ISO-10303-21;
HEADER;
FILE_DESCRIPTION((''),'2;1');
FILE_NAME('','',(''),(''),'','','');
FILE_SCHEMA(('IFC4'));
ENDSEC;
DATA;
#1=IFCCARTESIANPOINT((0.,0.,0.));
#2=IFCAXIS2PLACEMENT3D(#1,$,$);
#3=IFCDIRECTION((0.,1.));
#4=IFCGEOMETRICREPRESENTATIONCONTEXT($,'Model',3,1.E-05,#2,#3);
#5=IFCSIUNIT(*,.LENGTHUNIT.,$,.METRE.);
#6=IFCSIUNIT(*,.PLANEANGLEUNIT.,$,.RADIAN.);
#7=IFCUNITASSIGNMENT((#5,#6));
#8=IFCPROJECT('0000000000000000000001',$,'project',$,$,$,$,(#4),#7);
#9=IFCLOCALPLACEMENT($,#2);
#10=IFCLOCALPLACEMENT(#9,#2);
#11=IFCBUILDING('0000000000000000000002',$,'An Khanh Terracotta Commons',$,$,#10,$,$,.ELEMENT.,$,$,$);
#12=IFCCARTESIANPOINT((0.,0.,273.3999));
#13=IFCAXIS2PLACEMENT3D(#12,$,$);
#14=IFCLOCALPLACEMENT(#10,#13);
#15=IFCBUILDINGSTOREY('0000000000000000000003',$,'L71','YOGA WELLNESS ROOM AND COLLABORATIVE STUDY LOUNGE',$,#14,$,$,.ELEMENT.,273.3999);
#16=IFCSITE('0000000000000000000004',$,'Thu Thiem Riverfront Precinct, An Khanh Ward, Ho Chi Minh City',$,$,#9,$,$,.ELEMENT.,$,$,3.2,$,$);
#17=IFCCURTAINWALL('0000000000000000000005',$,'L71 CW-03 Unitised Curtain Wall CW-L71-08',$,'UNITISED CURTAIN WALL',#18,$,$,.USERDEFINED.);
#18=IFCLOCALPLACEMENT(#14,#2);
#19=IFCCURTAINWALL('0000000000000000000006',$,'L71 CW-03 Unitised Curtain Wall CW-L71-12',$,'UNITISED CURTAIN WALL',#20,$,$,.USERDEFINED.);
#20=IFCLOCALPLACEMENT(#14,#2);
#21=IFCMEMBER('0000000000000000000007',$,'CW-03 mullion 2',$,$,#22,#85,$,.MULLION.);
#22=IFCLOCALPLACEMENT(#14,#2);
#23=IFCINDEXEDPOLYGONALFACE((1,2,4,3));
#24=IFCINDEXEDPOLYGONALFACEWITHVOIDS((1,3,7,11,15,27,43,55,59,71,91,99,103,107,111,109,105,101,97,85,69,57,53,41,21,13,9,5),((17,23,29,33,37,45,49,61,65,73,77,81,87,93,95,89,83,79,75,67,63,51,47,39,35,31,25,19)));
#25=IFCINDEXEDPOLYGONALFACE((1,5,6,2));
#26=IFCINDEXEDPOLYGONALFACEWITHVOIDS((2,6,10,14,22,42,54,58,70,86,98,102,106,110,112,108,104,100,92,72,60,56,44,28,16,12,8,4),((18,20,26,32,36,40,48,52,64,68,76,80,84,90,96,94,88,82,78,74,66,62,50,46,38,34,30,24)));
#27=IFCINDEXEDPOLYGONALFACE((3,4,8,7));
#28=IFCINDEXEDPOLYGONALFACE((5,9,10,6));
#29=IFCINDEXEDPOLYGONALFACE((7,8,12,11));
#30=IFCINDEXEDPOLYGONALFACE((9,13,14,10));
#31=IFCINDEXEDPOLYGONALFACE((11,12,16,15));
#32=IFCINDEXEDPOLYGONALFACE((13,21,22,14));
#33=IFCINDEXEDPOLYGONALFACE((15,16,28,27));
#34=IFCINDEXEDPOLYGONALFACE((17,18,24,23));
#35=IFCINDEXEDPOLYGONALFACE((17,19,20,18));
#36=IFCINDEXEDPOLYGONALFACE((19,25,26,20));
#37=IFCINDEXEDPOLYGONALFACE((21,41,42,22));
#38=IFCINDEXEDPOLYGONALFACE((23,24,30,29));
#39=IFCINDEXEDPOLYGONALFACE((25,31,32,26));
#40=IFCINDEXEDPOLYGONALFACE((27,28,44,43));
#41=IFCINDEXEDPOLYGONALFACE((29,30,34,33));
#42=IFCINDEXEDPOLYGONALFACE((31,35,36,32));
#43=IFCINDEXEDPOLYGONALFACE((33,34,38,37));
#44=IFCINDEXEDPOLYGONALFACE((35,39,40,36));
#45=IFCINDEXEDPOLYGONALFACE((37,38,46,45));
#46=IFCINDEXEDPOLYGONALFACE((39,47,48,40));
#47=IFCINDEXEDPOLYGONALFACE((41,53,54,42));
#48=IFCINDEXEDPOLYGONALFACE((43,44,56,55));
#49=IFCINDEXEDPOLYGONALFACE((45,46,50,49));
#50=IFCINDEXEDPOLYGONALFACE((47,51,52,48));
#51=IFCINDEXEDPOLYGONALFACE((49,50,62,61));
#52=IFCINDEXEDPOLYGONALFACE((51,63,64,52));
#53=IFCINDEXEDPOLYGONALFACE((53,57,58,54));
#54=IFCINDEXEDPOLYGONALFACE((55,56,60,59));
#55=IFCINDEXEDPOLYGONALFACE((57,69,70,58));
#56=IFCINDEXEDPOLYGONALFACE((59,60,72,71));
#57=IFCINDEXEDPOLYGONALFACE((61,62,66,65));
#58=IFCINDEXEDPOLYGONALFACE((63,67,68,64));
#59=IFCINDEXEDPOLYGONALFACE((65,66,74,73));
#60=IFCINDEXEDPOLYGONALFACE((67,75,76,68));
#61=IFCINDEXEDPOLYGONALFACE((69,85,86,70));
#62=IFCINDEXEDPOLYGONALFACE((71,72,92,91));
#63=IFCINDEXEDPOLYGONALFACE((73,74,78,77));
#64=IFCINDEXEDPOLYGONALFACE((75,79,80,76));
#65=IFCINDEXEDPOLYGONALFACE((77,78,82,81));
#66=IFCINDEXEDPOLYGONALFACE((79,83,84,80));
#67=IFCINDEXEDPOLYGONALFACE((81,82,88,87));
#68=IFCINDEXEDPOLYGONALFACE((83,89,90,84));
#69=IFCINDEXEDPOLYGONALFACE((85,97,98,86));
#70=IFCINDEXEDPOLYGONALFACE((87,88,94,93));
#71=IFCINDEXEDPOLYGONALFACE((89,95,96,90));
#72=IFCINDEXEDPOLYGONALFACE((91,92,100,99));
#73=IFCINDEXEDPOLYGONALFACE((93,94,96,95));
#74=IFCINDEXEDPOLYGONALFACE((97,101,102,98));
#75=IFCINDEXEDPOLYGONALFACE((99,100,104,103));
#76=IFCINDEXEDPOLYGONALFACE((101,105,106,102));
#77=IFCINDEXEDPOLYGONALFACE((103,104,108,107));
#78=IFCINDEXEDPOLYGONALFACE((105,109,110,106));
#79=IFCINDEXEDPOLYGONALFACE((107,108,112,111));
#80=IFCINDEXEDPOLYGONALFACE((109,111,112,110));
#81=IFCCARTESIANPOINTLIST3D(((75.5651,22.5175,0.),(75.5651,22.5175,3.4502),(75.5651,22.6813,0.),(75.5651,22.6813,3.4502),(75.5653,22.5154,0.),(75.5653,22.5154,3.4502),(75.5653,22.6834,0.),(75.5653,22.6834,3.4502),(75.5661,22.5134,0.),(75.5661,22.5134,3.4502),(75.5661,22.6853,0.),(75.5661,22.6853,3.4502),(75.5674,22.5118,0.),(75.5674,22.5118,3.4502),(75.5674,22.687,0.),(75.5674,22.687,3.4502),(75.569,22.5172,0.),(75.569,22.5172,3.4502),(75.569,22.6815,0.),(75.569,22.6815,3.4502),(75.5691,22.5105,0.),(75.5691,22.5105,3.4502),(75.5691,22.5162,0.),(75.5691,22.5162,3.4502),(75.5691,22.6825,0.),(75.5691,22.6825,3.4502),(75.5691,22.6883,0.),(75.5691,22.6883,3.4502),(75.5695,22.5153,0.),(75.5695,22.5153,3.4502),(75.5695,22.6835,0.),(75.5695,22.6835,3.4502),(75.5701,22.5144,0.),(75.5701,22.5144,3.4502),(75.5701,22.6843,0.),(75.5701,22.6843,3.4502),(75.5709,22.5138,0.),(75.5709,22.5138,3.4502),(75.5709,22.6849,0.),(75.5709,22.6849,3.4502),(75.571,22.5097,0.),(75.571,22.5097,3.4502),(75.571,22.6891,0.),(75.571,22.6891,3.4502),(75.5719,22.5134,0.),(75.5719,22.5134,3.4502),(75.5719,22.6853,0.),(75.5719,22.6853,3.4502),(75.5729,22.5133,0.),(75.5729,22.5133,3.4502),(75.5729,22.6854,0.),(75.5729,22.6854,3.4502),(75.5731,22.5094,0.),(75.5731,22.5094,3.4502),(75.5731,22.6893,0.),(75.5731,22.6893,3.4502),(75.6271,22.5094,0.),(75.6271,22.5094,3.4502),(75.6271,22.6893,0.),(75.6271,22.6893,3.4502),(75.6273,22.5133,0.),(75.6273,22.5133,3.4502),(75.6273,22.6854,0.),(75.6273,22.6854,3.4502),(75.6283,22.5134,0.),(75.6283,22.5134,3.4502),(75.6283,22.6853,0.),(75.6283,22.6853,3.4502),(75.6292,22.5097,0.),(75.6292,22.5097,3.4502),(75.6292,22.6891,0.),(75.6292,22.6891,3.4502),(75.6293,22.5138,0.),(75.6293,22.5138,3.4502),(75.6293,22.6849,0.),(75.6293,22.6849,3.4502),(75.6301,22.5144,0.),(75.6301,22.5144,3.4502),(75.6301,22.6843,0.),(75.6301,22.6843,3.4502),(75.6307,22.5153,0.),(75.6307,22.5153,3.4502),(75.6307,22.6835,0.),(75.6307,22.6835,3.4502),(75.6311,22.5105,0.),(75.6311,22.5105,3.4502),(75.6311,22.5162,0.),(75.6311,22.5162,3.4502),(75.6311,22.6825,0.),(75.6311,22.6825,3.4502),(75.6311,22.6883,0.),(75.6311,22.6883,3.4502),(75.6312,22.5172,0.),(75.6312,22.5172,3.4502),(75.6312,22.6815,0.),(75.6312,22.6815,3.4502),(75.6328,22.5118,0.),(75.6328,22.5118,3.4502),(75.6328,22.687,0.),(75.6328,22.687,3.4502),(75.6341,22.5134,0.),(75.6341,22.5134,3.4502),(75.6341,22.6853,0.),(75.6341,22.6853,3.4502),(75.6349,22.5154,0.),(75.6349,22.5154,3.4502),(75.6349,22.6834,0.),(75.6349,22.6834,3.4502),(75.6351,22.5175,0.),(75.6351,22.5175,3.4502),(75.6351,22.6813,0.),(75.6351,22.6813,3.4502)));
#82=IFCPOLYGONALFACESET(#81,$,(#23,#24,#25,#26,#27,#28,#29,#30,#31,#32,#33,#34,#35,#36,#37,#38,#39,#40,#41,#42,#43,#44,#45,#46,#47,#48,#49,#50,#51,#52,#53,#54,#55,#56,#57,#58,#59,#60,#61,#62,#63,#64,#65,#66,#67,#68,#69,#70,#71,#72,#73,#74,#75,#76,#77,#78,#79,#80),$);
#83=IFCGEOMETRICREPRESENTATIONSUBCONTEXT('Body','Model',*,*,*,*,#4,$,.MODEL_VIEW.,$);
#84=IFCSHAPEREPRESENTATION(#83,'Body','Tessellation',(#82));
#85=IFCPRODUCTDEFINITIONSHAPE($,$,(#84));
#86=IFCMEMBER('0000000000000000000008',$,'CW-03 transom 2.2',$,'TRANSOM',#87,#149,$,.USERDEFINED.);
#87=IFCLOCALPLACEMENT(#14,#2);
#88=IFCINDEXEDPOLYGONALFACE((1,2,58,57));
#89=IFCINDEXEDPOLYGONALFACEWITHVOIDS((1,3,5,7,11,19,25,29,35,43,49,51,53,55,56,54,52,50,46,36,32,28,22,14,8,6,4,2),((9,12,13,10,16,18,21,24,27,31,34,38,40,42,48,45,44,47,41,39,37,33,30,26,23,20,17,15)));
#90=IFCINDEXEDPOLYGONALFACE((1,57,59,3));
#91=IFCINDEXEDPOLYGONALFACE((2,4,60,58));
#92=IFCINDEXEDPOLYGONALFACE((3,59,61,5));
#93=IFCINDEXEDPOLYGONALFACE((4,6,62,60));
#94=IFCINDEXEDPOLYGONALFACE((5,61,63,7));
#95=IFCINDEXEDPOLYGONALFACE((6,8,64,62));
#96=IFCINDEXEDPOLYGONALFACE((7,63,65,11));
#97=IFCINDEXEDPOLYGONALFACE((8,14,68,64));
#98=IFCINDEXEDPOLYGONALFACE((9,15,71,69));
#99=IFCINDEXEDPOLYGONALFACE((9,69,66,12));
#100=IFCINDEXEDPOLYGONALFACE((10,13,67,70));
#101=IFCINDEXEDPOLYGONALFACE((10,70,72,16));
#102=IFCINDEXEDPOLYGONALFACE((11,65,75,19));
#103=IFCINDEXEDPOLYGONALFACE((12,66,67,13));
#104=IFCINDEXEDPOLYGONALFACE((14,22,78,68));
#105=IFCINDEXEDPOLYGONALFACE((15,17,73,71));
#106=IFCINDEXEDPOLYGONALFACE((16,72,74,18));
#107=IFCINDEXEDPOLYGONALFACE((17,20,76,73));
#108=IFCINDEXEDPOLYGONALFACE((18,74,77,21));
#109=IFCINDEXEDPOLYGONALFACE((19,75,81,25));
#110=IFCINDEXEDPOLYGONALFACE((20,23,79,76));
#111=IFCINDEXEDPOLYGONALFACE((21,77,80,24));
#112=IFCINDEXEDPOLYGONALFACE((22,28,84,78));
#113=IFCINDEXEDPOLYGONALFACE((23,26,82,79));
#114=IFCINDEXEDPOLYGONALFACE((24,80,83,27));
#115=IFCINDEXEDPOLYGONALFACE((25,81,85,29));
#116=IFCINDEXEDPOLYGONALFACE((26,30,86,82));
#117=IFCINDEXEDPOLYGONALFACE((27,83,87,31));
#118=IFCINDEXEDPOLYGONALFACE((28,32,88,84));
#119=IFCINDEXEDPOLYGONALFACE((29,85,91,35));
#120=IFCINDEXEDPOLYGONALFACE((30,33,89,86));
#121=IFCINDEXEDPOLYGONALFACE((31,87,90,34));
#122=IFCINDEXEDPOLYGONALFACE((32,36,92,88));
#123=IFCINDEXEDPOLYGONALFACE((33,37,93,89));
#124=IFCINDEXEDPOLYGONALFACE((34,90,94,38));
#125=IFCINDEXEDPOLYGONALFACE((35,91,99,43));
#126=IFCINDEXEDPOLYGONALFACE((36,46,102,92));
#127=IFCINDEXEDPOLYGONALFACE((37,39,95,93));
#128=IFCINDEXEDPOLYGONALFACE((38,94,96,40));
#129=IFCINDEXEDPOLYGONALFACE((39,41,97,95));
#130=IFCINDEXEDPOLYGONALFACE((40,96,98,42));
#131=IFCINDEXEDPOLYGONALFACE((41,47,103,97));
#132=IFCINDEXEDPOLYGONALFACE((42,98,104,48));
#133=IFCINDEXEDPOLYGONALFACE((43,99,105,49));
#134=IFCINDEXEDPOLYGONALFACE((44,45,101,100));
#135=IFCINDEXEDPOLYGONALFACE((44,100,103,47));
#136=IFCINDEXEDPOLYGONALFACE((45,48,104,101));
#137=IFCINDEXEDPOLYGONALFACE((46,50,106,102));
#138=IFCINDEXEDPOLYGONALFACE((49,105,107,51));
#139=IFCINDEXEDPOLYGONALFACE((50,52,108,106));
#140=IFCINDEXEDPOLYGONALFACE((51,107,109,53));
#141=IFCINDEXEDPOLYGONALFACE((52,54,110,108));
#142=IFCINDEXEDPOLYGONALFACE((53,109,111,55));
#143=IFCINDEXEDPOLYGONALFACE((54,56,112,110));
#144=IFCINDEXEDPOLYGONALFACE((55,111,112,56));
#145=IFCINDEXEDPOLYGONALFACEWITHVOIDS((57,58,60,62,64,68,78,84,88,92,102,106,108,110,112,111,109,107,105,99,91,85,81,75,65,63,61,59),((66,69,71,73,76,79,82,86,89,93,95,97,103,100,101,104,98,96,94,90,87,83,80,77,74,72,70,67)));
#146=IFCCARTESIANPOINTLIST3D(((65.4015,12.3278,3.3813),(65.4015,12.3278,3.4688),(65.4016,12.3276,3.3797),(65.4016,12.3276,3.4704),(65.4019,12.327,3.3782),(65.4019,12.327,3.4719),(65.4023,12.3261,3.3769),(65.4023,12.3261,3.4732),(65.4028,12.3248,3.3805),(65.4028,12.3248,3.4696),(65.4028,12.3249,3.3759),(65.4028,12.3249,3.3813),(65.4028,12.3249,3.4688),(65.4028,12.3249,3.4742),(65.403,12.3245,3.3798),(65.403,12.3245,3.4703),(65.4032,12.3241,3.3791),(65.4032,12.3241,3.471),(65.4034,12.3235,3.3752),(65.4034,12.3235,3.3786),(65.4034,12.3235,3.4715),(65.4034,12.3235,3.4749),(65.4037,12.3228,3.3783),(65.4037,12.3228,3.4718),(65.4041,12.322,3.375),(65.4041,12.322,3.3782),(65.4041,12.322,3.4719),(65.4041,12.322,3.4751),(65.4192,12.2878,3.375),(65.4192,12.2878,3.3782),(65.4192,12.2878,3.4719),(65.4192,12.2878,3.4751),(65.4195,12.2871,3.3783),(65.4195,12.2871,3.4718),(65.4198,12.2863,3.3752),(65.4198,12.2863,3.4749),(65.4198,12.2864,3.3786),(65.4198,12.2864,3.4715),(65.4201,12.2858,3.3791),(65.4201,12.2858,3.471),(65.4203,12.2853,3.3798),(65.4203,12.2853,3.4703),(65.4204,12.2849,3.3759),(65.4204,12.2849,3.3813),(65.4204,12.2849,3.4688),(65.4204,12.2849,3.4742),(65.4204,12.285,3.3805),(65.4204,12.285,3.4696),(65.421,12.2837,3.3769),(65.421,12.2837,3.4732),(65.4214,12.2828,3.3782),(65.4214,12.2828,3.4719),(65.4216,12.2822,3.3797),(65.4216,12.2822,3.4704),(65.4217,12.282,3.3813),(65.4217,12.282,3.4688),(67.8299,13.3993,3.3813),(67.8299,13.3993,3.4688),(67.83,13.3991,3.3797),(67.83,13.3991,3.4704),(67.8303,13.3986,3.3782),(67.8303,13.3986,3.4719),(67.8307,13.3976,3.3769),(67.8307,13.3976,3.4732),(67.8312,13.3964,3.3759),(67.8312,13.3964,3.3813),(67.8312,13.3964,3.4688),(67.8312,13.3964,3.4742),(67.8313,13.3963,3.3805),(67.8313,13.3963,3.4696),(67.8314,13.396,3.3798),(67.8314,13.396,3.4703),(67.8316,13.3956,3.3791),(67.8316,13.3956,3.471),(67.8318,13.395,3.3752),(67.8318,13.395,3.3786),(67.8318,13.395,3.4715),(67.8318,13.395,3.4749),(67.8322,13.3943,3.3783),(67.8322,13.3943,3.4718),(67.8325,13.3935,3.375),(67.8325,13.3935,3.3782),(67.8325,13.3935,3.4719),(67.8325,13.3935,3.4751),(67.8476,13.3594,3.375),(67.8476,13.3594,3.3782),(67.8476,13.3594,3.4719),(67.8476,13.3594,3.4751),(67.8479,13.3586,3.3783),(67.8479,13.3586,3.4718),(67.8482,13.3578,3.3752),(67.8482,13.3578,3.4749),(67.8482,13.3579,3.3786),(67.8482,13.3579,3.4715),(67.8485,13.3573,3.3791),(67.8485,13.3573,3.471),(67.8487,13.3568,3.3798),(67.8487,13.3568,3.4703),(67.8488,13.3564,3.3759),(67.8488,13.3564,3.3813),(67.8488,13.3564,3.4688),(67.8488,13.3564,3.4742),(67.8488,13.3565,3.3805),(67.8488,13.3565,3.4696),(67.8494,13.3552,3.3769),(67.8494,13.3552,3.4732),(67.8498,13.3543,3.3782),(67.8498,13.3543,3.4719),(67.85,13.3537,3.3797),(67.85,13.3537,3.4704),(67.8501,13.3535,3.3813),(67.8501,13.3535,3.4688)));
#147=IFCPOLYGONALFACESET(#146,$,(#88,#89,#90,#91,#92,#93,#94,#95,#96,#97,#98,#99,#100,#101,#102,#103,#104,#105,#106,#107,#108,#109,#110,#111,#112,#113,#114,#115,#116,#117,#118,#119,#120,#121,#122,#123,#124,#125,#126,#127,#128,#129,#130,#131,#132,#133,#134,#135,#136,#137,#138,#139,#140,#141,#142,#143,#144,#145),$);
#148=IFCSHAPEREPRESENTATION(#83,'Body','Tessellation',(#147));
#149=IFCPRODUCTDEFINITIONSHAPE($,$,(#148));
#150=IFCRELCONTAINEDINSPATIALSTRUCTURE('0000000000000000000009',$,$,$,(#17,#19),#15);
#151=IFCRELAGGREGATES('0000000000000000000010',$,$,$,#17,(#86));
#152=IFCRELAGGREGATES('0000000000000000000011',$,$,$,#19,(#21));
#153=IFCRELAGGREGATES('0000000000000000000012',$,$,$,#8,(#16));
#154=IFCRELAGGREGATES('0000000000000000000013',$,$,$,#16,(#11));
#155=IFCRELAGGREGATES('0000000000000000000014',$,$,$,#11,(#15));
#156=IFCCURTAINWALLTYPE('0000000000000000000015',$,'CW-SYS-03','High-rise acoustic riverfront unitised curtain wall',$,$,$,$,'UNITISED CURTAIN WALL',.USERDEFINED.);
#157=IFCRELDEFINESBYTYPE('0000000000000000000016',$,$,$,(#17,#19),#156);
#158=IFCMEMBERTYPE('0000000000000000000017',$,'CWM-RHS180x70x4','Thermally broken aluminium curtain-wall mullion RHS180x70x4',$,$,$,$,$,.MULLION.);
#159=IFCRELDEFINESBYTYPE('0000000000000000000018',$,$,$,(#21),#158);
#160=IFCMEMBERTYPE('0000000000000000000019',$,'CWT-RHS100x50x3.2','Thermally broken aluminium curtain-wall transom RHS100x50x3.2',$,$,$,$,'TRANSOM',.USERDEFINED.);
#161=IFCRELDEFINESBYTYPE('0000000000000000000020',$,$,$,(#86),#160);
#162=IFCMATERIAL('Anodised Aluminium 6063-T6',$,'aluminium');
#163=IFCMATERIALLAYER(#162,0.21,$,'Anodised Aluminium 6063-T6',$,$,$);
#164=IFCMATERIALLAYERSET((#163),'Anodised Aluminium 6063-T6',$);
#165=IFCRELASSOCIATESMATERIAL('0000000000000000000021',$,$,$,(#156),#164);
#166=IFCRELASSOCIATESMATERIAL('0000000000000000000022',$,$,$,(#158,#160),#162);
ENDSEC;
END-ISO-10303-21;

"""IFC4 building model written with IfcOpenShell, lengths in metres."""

from ifc_helpers import new_model, si_unit, direction, frame, origin, origin_2d, place, context, subcontext, project, spatial, hollow_rectangle, extrude, material, layer, layer_set, material_profile, profile_set, type_object, element, aggregate, save


model = new_model("IFC4")

# Units and contexts
model_context = context("Model", 3, precision=1e-05, world=origin(), true_north=direction((0.0, 1.0)))
body_context = subcontext(model_context, "Body", "Model", "MODEL_VIEW")
ifc_project = project(units=[si_unit("LENGTHUNIT", "METRE"), si_unit("PLANEANGLEUNIT", "RADIAN")], contexts=[model_context])

# Site, building, storey
site_placement = place(None, origin())
site = spatial("IfcSite", under=ifc_project, at=site_placement, Name="Thu Thiem Riverfront Precinct, An Khanh Ward, Ho Chi Minh City", CompositionType="ELEMENT", RefElevation=3.2)
building_placement = place(site_placement, origin())
building = spatial("IfcBuilding", under=site, at=building_placement, Name="An Khanh Terracotta Commons", CompositionType="ELEMENT")
storey_placement = place(building_placement, frame((0.0, 0.0, 273.3999)))
storey = spatial("IfcBuildingStorey", under=building, at=storey_placement, Name="L71", Description="YOGA WELLNESS ROOM AND COLLABORATIVE STUDY LOUNGE", CompositionType="ELEMENT", Elevation=273.3999)

# Curtain walls, member
ifc_material_1 = material(Name="Anodised Aluminium 6063-T6", Category="aluminium")
ifc_layer_1 = layer(ifc_material_1, 0.21, Name="Anodised Aluminium 6063-T6")
ifc_layer_set_1 = layer_set([ifc_layer_1], Name="Anodised Aluminium 6063-T6")
curtain_wall_type = type_object("IfcCurtainWallType", Name="CW-SYS-03", Description="High-rise acoustic riverfront unitised curtain wall", ElementType="UNITISED CURTAIN WALL", PredefinedType="USERDEFINED", material=ifc_layer_set_1)
curtain_wall_1_placement = place(storey_placement, origin())
curtain_wall_1 = element("IfcCurtainWall", 1, at=curtain_wall_1_placement, inside=storey, type_object=curtain_wall_type, Name="L71 CW-03 Unitised Curtain Wall CW-L71-08", ObjectType="UNITISED CURTAIN WALL", PredefinedType="USERDEFINED")
ifc_material_profile_1 = material_profile(ifc_material_1, hollow_rectangle(XDim=0.0701, YDim=0.1799, WallThickness=0.0039, InnerFilletRadius=0.0039, OuterFilletRadius=0.0081, at=origin_2d()), Name="RHS180x70x4")
ifc_profile_set_1 = profile_set([ifc_material_profile_1], Name="Anodised Aluminium 6063-T6")
member_type_1 = type_object("IfcMemberType", Name="CWM-RHS180x70x4", Description="Thermally broken aluminium curtain-wall mullion RHS180x70x4", PredefinedType="MULLION", material=ifc_profile_set_1)
curtain_wall_2_placement = place(storey_placement, origin())
curtain_wall_2 = element("IfcCurtainWall", 2, at=curtain_wall_2_placement, inside=storey, type_object=curtain_wall_type, Name="L71 CW-03 Unitised Curtain Wall CW-L71-12", ObjectType="UNITISED CURTAIN WALL", PredefinedType="USERDEFINED")
member_1_placement = place(storey_placement, frame((75.6001, 22.5994, 0.0), z_axis=(0.0, 0.0, 1.0), x_axis=(-1.0, 0.0, 0.0)))
member_1 = element("IfcMember", 3, at=member_1_placement, type_object=member_type_1, Name="CW-03 mullion 2", PredefinedType="MULLION", context=body_context, shape_type="SweptSolid", body=[
    extrude(hollow_rectangle(XDim=0.0701, YDim=0.1799, WallThickness=0.0039, InnerFilletRadius=0.0039, OuterFilletRadius=0.0081, at=origin_2d()), origin(), (0.0, 0.0, 1.0), 3.4502),
])

# Member
ifc_material_profile_2 = material_profile(ifc_material_1, hollow_rectangle(XDim=0.05, YDim=0.1001, WallThickness=0.0032, InnerFilletRadius=0.0032, OuterFilletRadius=0.0063, at=origin_2d()), Name="RHS100x50x3.2")
ifc_profile_set_2 = profile_set([ifc_material_profile_2], Name="Anodised Aluminium 6063-T6")
member_type_2 = type_object("IfcMemberType", Name="CWT-RHS100x50x3.2", Description="Thermally broken aluminium curtain-wall transom RHS100x50x3.2", ElementType="TRANSOM", PredefinedType="USERDEFINED", material=ifc_profile_set_2)
member_2_placement = place(storey_placement, frame((65.4116, 12.3049, 3.425), z_axis=(0.914897, 0.403688, 0.0), x_axis=(-0.403688, 0.914897, 0.0)))
member_2 = element("IfcMember", 4, at=member_2_placement, type_object=member_type_2, Name="CW-03 transom 2.2", ObjectType="TRANSOM", PredefinedType="USERDEFINED", context=body_context, shape_type="SweptSolid", body=[
    extrude(hollow_rectangle(XDim=0.05, YDim=0.1001, WallThickness=0.0032, InnerFilletRadius=0.0032, OuterFilletRadius=0.0063, at=origin_2d()), origin(), (0.0, 0.0, 1.0), 2.6543),
])

aggregate(curtain_wall_1, [member_2])
aggregate(curtain_wall_2, [member_1])

save(model, "model.ifc")
